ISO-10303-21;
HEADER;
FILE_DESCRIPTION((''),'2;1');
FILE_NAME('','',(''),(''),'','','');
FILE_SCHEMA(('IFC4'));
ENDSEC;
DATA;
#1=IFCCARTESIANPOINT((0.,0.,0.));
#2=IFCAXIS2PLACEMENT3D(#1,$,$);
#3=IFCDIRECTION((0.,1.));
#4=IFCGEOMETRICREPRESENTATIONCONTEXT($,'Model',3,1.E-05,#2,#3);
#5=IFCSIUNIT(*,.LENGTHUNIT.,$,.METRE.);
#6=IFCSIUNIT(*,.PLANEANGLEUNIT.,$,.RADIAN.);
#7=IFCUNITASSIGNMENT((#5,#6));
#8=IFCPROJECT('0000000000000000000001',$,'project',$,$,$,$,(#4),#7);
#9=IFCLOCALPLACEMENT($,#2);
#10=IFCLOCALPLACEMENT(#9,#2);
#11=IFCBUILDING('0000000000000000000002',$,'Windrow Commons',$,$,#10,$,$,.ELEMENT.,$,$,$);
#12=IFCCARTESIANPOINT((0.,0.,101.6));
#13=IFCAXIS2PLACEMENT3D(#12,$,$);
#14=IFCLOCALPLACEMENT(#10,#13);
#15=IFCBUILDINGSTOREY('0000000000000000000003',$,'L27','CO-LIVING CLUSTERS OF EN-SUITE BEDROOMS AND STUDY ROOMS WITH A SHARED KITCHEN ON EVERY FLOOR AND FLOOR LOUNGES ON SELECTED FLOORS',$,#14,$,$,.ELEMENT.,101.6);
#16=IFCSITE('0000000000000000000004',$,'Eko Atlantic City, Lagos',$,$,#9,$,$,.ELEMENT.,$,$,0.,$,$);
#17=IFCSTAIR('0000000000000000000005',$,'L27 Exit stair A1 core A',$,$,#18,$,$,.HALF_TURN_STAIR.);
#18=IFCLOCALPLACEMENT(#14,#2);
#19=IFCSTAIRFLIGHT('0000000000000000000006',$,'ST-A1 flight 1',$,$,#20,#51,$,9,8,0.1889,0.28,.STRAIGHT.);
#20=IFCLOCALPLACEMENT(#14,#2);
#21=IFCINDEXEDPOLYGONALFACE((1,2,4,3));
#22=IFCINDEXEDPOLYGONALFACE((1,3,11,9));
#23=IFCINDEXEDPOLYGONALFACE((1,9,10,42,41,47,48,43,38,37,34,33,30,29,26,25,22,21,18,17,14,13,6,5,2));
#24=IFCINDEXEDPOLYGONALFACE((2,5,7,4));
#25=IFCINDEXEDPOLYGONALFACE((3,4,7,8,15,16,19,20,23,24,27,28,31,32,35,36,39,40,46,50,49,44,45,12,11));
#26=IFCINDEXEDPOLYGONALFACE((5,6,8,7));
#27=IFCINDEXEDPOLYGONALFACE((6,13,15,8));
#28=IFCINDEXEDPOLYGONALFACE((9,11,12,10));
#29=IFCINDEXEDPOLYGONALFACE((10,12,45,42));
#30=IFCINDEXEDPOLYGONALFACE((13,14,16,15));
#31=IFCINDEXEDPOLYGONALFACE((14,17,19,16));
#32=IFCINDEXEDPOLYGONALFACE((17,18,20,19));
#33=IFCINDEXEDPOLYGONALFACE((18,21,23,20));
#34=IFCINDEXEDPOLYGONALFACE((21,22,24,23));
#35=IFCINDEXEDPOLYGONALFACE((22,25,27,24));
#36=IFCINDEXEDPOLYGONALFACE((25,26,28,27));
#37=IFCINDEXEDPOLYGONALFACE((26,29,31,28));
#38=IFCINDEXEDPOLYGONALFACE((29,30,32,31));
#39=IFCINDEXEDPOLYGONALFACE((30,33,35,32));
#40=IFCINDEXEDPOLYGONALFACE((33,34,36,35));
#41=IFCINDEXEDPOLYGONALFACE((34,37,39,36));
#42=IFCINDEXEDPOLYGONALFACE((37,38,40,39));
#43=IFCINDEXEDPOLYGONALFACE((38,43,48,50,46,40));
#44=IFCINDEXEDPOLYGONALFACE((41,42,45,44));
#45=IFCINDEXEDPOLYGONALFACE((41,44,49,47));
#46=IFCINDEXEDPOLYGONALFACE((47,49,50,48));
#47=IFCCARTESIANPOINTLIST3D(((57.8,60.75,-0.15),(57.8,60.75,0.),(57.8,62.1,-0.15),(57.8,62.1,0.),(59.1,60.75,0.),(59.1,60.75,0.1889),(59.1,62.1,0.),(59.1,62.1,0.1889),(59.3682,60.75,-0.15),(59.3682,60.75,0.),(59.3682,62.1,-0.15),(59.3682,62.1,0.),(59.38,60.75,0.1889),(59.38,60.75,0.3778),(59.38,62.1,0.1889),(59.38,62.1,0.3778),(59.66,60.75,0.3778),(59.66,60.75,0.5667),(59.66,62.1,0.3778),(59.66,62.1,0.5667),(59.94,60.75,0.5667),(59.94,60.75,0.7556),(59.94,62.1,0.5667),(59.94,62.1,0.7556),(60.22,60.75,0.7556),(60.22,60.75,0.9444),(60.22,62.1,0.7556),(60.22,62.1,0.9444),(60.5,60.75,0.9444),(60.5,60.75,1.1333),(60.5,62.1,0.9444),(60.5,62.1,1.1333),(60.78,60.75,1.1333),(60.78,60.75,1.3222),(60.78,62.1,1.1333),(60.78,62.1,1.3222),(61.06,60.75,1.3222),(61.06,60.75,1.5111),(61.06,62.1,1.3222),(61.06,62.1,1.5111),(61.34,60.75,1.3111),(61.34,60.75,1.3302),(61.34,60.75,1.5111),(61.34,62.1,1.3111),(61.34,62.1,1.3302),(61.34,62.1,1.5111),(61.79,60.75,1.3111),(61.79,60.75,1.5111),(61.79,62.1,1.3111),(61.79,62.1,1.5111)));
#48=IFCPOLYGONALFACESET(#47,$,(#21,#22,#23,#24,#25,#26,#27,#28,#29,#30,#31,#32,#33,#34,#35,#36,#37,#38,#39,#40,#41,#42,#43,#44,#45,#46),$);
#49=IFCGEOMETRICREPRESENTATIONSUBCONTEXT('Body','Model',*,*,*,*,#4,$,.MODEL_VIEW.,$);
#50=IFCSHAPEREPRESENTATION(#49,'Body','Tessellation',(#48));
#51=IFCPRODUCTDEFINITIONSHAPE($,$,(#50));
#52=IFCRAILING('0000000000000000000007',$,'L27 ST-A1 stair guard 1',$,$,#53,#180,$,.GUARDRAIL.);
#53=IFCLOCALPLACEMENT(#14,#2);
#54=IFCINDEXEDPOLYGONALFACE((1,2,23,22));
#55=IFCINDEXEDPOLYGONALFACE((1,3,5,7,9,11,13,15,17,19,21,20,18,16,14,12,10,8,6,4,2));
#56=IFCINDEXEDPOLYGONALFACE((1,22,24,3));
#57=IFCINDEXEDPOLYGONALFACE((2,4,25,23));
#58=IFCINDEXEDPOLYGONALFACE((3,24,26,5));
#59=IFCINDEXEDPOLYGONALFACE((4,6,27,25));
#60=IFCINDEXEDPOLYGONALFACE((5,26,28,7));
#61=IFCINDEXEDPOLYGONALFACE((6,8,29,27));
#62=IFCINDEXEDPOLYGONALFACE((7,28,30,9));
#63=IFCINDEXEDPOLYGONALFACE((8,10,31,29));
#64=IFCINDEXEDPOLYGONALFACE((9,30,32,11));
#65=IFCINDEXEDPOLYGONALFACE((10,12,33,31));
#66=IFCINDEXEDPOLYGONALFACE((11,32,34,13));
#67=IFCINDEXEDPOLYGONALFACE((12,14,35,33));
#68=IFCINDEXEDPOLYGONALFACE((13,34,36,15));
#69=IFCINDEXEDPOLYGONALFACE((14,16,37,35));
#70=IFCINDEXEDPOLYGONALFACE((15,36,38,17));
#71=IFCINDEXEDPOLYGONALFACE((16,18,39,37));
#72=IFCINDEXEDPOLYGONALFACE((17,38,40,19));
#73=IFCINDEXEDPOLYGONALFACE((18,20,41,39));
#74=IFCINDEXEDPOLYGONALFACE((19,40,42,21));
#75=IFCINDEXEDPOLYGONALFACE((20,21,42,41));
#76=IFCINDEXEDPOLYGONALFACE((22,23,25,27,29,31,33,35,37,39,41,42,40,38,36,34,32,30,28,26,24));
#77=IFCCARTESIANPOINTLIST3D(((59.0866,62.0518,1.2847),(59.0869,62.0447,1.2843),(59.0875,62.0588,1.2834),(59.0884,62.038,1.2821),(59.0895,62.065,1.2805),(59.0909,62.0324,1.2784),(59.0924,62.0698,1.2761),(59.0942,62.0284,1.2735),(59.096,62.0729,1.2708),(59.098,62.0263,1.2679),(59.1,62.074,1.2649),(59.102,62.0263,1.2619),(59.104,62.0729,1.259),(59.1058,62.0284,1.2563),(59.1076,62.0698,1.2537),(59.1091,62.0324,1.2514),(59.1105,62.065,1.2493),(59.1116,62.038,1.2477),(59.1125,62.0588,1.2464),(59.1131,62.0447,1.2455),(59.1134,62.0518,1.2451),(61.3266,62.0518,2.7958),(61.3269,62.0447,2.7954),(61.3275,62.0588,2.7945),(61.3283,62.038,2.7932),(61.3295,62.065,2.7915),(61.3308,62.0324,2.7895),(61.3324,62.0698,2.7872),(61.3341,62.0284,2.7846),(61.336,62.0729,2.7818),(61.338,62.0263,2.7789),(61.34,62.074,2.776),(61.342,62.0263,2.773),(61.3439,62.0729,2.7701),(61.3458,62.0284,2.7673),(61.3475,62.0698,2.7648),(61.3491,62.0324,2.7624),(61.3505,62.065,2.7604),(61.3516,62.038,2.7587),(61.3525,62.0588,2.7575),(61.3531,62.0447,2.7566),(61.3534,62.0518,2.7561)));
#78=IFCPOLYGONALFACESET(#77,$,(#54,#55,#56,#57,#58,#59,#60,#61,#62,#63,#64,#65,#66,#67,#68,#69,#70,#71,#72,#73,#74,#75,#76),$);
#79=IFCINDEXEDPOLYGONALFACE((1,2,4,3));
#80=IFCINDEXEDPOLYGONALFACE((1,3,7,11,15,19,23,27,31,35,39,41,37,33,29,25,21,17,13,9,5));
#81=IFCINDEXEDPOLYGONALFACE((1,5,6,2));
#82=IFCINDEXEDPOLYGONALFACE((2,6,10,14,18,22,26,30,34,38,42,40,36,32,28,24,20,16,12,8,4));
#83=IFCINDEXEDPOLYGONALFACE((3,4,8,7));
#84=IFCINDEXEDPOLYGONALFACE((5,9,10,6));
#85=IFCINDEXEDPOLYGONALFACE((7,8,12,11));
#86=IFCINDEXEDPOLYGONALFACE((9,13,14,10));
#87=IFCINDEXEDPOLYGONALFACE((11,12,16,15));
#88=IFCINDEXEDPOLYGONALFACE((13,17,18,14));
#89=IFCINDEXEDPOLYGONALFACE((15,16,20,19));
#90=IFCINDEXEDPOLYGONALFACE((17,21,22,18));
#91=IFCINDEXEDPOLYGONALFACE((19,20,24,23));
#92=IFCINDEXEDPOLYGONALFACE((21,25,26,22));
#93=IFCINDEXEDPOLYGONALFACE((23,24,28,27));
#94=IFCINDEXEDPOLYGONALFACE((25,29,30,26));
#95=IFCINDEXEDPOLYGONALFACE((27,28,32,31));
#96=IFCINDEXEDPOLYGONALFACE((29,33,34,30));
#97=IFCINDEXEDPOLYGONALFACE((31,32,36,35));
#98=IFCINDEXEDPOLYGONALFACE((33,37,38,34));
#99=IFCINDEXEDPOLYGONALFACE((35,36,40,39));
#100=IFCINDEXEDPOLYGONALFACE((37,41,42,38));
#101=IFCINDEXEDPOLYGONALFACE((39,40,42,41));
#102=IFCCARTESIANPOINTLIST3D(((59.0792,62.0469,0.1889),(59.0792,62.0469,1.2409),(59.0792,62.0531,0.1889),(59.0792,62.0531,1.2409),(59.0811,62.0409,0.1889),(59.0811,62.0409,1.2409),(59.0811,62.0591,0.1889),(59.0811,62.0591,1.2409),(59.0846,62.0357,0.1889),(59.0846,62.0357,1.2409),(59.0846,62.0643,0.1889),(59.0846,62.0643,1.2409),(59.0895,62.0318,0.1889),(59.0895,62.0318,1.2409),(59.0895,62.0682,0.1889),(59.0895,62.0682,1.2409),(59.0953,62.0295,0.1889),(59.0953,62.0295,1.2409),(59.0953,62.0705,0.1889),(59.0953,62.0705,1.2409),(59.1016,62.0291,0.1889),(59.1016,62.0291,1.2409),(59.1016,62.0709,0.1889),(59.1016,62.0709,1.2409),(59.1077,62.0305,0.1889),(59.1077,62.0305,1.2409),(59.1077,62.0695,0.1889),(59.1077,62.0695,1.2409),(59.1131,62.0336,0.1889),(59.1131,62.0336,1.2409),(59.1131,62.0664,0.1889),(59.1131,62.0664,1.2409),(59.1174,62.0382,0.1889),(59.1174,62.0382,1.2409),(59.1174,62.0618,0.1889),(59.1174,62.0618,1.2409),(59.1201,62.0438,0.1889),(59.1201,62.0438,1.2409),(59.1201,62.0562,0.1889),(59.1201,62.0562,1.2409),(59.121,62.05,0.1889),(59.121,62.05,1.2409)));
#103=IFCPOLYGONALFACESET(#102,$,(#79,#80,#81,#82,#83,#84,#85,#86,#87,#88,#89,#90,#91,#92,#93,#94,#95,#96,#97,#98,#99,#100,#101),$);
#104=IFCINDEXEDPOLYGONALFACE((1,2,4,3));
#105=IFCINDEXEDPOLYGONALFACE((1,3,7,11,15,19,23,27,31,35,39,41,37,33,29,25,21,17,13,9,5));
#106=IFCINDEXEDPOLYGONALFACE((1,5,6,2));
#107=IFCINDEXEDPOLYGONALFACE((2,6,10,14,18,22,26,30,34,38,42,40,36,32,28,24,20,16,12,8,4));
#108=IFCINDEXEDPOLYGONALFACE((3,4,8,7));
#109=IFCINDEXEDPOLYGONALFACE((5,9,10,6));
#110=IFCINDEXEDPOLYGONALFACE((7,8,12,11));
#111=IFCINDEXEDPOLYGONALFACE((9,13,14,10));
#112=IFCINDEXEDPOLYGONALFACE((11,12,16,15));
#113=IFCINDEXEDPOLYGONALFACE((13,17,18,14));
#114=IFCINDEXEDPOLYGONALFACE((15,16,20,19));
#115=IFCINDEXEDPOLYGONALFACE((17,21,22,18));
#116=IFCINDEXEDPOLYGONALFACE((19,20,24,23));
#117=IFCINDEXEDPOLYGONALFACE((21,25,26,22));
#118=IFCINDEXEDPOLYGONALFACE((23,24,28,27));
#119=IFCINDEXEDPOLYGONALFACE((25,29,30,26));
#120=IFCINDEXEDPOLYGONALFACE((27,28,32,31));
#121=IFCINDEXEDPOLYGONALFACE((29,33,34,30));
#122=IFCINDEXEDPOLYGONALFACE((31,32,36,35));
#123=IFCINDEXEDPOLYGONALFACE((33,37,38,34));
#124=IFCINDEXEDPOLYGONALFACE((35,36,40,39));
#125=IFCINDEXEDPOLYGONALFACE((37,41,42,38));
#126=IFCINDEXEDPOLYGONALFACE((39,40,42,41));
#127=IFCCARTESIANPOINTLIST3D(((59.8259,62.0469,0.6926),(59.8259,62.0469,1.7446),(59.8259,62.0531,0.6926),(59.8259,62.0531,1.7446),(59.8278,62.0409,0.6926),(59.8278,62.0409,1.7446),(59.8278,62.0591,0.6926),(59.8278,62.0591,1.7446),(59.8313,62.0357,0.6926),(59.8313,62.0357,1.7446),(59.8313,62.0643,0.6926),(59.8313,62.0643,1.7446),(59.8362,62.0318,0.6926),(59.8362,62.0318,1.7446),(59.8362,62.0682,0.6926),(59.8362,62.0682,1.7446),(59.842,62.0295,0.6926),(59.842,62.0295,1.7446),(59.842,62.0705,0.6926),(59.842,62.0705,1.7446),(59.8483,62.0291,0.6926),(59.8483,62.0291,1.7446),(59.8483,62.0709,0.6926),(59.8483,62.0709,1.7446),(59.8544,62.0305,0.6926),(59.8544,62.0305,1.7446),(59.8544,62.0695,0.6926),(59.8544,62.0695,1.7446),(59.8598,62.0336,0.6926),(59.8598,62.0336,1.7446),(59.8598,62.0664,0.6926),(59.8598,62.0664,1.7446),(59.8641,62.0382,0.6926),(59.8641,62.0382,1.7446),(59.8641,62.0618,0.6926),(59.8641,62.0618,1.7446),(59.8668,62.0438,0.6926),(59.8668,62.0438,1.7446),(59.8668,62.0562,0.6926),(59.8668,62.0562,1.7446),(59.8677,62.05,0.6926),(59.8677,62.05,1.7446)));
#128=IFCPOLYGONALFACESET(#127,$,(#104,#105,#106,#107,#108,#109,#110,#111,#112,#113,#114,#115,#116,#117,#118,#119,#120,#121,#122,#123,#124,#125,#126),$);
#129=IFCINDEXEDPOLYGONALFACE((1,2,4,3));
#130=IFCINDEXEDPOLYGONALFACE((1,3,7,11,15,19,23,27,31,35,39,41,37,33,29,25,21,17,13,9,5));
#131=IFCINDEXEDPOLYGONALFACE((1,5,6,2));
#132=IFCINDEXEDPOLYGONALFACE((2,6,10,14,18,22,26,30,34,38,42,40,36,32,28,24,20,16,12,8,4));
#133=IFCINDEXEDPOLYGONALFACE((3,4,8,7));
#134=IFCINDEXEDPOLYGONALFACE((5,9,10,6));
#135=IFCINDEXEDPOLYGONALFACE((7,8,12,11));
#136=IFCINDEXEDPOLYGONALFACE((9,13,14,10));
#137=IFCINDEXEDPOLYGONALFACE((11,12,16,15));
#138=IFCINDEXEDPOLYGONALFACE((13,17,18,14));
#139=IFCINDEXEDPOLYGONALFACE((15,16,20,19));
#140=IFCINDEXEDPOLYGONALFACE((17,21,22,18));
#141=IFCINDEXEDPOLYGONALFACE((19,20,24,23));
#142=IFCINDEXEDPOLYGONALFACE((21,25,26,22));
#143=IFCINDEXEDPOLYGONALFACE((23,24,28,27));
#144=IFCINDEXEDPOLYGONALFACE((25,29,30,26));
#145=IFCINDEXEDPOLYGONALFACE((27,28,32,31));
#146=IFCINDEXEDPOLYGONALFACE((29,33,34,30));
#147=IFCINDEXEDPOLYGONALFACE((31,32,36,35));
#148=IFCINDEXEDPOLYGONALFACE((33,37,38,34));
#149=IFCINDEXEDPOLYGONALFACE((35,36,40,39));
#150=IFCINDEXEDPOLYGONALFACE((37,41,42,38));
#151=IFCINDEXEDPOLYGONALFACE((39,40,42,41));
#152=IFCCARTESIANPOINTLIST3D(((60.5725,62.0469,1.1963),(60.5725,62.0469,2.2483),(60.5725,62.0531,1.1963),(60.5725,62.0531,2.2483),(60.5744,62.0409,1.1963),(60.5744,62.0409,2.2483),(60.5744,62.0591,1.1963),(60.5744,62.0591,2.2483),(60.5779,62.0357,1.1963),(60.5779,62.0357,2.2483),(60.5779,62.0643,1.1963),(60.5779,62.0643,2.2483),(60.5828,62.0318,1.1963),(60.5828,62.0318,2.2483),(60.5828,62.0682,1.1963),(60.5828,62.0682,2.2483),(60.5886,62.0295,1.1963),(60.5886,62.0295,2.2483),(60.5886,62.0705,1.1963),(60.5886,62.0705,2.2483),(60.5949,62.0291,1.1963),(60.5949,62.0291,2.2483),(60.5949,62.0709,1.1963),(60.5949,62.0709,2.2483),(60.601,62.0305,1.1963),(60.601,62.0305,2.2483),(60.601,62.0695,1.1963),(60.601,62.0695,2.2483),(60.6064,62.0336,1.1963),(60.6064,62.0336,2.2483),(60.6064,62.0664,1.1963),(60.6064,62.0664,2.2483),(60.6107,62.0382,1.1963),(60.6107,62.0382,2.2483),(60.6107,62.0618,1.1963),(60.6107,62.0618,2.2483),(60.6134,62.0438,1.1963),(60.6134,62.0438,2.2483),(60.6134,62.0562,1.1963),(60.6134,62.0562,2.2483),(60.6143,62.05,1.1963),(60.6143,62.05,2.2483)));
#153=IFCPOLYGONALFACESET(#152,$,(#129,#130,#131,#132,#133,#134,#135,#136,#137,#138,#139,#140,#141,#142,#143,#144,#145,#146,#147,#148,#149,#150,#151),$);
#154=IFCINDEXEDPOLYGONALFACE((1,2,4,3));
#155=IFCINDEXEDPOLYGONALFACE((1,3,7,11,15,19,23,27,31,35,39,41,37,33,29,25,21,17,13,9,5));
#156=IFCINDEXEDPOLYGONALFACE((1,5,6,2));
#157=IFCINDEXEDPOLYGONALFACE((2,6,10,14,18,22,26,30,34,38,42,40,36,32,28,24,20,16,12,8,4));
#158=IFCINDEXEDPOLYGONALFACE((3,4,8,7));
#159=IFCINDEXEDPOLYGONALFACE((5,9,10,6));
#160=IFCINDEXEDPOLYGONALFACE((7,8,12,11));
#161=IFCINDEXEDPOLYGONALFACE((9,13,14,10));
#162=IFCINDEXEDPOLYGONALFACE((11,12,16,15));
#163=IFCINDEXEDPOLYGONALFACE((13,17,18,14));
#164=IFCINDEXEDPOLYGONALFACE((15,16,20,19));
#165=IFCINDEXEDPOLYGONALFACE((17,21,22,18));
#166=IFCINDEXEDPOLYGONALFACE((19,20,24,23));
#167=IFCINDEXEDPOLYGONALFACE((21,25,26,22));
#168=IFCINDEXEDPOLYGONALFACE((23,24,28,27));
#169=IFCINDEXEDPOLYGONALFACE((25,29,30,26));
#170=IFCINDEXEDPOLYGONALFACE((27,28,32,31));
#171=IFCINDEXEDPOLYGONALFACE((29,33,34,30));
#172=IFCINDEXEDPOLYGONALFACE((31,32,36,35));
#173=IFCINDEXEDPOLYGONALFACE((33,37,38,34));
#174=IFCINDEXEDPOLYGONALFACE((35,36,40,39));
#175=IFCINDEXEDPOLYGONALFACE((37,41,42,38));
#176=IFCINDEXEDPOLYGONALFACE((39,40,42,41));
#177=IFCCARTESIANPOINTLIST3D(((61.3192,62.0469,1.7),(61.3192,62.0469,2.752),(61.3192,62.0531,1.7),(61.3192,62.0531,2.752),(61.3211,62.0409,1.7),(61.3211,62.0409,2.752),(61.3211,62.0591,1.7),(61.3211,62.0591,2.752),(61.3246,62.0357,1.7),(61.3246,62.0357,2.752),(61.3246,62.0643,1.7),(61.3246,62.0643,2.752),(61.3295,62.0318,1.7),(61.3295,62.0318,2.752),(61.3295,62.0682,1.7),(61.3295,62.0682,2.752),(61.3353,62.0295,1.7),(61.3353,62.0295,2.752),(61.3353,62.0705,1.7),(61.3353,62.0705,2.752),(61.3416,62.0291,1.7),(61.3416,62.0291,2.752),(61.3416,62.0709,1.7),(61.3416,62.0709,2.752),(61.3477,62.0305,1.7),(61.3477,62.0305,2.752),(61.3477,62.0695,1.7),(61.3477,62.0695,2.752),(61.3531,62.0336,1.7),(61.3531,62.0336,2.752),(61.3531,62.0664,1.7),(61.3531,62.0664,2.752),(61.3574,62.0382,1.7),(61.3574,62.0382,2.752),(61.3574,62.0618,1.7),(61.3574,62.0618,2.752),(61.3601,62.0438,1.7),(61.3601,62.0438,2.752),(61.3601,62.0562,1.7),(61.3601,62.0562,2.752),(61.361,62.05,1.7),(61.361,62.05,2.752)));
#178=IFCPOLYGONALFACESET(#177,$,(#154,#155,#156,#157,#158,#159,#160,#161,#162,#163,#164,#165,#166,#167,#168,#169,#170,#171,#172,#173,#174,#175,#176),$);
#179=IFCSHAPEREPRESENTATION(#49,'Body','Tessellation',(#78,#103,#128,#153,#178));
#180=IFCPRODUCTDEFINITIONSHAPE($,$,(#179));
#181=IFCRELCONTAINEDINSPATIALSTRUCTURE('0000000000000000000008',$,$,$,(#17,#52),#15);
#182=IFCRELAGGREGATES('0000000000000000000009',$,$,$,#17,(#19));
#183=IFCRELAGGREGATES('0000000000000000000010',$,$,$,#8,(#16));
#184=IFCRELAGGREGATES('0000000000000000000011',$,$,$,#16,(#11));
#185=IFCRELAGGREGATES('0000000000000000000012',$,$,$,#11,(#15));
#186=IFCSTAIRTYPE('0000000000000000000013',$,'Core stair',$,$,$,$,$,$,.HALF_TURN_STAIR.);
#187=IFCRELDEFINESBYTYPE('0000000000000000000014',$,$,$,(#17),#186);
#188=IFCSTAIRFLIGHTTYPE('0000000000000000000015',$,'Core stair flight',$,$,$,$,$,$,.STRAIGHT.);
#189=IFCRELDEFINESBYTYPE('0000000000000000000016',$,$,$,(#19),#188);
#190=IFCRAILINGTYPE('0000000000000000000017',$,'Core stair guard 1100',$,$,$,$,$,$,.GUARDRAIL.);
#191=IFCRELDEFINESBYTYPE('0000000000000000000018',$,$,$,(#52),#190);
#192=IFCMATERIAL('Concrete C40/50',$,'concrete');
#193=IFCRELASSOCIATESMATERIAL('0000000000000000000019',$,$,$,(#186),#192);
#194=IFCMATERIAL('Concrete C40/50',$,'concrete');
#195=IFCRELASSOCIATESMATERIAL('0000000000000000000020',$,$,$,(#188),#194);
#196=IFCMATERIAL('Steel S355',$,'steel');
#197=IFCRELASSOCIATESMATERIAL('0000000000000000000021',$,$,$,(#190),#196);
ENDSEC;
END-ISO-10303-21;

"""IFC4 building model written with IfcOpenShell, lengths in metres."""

from ifc_helpers import new_model, si_unit, direction, frame, origin, origin_2d, place, context, subcontext, project, spatial, polyline, circle, outline, extrude, material, type_object, element, aggregate, save


model = new_model("IFC4")

# Units and contexts
model_context = context("Model", 3, precision=1e-05, world=origin(), true_north=direction((0.0, 1.0)))
body_context = subcontext(model_context, "Body", "Model", "MODEL_VIEW")
ifc_project = project(units=[si_unit("LENGTHUNIT", "METRE"), si_unit("PLANEANGLEUNIT", "RADIAN")], contexts=[model_context])

# Site, building, storey
site_placement = place(None, origin())
site = spatial("IfcSite", under=ifc_project, at=site_placement, Name="Eko Atlantic City, Lagos", CompositionType="ELEMENT", RefElevation=0.0)
building_placement = place(site_placement, origin())
building = spatial("IfcBuilding", under=site, at=building_placement, Name="Windrow Commons", CompositionType="ELEMENT")
storey_placement = place(building_placement, frame((0.0, 0.0, 101.6)))
storey = spatial("IfcBuildingStorey", under=building, at=storey_placement, Name="L27", Description="CO-LIVING CLUSTERS OF EN-SUITE BEDROOMS AND STUDY ROOMS WITH A SHARED KITCHEN ON EVERY FLOOR AND FLOOR LOUNGES ON SELECTED FLOORS", CompositionType="ELEMENT", Elevation=101.6)

# Stair, stair flight
ifc_material_1 = material(Name="Concrete C40/50", Category="concrete")
stair_type = type_object("IfcStairType", Name="Core stair", PredefinedType="HALF_TURN_STAIR", material=ifc_material_1)
stair_placement = place(storey_placement, origin())
stair = element("IfcStair", 1, at=stair_placement, inside=storey, type_object=stair_type, Name="L27 Exit stair A1 core A", PredefinedType="HALF_TURN_STAIR")
ifc_material_2 = material(Name="Concrete C40/50", Category="concrete")
stair_flight_type = type_object("IfcStairFlightType", Name="Core stair flight", PredefinedType="STRAIGHT", material=ifc_material_2)
stair_flight_placement = place(storey_placement, frame((59.1, 61.425, 0.0), z_axis=(0.0, 0.0, 1.0), x_axis=(1.0, 0.0, 0.0)))
stair_flight = element("IfcStairFlight", 2, at=stair_flight_placement, type_object=stair_flight_type, Name="ST-A1 flight 1", NumberOfRisers=9, NumberOfTreads=8, PredefinedType="STRAIGHT", RiserHeight=0.1889, TreadLength=0.28, context=body_context, shape_type="SweptSolid", body=[
    extrude(outline(polyline([(-1.3, -0.15), (-1.3, 0.0), (0.0, 0.0), (0.0, 0.1889), (0.28, 0.1889), (0.28, 0.3778), (0.56, 0.3778), (0.56, 0.5667), (0.84, 0.5667), (0.84, 0.7556), (1.12, 0.7556), (1.12, 0.9444), (1.4, 0.9444), (1.4, 1.1333), (1.68, 1.1333), (1.68, 1.3222), (1.96, 1.3222), (1.96, 1.5111), (2.24, 1.5111), (2.69, 1.5111), (2.69, 1.3111), (2.24, 1.3111), (2.24, 1.3302), (0.2682, 0.0), (0.2682, -0.15), (-1.3, -0.15)])), frame((0.0, 0.675, 0.0), z_axis=(0.0, -1.0, 0.0), x_axis=(1.0, 0.0, 0.0)), (0.0, 0.0, 1.0), 1.35),
])
aggregate(stair, [stair_flight])

# Railing
ifc_material_3 = material(Name="Steel S355", Category="steel")
railing_type_1 = type_object("IfcRailingType", Name="Core stair guard 1100", PredefinedType="GUARDRAIL", material=ifc_material_3)
railing_1_placement = place(storey_placement, frame((59.1, 62.05, 0.1889)))
element("IfcRailing", 3, at=railing_1_placement, inside=storey, type_object=railing_type_1, Name="L27 ST-A1 stair guard 1", PredefinedType="GUARDRAIL", context=body_context, shape_type="SweptSolid", body=[
    extrude(circle(Radius=0.024, at=origin_2d()), frame((0.0, 0.0, 1.076), z_axis=(0.829003, 0.0, 0.559244), x_axis=(0.0, 1.0, 0.0)), (0.0, 0.0, 1.0), 2.702),
    extrude(circle(Radius=0.021, at=origin_2d()), origin(), (0.0, 0.0, 1.0), 1.052),
    extrude(circle(Radius=0.021, at=origin_2d()), frame((0.7467, 0.0, 0.5037)), (0.0, 0.0, 1.0), 1.052),
    extrude(circle(Radius=0.021, at=origin_2d()), frame((1.4933, 0.0, 1.0074)), (0.0, 0.0, 1.0), 1.052),
    extrude(circle(Radius=0.021, at=origin_2d()), frame((2.24, 0.0, 1.5111)), (0.0, 0.0, 1.0), 1.052),
])

save(model, "model.ifc")
